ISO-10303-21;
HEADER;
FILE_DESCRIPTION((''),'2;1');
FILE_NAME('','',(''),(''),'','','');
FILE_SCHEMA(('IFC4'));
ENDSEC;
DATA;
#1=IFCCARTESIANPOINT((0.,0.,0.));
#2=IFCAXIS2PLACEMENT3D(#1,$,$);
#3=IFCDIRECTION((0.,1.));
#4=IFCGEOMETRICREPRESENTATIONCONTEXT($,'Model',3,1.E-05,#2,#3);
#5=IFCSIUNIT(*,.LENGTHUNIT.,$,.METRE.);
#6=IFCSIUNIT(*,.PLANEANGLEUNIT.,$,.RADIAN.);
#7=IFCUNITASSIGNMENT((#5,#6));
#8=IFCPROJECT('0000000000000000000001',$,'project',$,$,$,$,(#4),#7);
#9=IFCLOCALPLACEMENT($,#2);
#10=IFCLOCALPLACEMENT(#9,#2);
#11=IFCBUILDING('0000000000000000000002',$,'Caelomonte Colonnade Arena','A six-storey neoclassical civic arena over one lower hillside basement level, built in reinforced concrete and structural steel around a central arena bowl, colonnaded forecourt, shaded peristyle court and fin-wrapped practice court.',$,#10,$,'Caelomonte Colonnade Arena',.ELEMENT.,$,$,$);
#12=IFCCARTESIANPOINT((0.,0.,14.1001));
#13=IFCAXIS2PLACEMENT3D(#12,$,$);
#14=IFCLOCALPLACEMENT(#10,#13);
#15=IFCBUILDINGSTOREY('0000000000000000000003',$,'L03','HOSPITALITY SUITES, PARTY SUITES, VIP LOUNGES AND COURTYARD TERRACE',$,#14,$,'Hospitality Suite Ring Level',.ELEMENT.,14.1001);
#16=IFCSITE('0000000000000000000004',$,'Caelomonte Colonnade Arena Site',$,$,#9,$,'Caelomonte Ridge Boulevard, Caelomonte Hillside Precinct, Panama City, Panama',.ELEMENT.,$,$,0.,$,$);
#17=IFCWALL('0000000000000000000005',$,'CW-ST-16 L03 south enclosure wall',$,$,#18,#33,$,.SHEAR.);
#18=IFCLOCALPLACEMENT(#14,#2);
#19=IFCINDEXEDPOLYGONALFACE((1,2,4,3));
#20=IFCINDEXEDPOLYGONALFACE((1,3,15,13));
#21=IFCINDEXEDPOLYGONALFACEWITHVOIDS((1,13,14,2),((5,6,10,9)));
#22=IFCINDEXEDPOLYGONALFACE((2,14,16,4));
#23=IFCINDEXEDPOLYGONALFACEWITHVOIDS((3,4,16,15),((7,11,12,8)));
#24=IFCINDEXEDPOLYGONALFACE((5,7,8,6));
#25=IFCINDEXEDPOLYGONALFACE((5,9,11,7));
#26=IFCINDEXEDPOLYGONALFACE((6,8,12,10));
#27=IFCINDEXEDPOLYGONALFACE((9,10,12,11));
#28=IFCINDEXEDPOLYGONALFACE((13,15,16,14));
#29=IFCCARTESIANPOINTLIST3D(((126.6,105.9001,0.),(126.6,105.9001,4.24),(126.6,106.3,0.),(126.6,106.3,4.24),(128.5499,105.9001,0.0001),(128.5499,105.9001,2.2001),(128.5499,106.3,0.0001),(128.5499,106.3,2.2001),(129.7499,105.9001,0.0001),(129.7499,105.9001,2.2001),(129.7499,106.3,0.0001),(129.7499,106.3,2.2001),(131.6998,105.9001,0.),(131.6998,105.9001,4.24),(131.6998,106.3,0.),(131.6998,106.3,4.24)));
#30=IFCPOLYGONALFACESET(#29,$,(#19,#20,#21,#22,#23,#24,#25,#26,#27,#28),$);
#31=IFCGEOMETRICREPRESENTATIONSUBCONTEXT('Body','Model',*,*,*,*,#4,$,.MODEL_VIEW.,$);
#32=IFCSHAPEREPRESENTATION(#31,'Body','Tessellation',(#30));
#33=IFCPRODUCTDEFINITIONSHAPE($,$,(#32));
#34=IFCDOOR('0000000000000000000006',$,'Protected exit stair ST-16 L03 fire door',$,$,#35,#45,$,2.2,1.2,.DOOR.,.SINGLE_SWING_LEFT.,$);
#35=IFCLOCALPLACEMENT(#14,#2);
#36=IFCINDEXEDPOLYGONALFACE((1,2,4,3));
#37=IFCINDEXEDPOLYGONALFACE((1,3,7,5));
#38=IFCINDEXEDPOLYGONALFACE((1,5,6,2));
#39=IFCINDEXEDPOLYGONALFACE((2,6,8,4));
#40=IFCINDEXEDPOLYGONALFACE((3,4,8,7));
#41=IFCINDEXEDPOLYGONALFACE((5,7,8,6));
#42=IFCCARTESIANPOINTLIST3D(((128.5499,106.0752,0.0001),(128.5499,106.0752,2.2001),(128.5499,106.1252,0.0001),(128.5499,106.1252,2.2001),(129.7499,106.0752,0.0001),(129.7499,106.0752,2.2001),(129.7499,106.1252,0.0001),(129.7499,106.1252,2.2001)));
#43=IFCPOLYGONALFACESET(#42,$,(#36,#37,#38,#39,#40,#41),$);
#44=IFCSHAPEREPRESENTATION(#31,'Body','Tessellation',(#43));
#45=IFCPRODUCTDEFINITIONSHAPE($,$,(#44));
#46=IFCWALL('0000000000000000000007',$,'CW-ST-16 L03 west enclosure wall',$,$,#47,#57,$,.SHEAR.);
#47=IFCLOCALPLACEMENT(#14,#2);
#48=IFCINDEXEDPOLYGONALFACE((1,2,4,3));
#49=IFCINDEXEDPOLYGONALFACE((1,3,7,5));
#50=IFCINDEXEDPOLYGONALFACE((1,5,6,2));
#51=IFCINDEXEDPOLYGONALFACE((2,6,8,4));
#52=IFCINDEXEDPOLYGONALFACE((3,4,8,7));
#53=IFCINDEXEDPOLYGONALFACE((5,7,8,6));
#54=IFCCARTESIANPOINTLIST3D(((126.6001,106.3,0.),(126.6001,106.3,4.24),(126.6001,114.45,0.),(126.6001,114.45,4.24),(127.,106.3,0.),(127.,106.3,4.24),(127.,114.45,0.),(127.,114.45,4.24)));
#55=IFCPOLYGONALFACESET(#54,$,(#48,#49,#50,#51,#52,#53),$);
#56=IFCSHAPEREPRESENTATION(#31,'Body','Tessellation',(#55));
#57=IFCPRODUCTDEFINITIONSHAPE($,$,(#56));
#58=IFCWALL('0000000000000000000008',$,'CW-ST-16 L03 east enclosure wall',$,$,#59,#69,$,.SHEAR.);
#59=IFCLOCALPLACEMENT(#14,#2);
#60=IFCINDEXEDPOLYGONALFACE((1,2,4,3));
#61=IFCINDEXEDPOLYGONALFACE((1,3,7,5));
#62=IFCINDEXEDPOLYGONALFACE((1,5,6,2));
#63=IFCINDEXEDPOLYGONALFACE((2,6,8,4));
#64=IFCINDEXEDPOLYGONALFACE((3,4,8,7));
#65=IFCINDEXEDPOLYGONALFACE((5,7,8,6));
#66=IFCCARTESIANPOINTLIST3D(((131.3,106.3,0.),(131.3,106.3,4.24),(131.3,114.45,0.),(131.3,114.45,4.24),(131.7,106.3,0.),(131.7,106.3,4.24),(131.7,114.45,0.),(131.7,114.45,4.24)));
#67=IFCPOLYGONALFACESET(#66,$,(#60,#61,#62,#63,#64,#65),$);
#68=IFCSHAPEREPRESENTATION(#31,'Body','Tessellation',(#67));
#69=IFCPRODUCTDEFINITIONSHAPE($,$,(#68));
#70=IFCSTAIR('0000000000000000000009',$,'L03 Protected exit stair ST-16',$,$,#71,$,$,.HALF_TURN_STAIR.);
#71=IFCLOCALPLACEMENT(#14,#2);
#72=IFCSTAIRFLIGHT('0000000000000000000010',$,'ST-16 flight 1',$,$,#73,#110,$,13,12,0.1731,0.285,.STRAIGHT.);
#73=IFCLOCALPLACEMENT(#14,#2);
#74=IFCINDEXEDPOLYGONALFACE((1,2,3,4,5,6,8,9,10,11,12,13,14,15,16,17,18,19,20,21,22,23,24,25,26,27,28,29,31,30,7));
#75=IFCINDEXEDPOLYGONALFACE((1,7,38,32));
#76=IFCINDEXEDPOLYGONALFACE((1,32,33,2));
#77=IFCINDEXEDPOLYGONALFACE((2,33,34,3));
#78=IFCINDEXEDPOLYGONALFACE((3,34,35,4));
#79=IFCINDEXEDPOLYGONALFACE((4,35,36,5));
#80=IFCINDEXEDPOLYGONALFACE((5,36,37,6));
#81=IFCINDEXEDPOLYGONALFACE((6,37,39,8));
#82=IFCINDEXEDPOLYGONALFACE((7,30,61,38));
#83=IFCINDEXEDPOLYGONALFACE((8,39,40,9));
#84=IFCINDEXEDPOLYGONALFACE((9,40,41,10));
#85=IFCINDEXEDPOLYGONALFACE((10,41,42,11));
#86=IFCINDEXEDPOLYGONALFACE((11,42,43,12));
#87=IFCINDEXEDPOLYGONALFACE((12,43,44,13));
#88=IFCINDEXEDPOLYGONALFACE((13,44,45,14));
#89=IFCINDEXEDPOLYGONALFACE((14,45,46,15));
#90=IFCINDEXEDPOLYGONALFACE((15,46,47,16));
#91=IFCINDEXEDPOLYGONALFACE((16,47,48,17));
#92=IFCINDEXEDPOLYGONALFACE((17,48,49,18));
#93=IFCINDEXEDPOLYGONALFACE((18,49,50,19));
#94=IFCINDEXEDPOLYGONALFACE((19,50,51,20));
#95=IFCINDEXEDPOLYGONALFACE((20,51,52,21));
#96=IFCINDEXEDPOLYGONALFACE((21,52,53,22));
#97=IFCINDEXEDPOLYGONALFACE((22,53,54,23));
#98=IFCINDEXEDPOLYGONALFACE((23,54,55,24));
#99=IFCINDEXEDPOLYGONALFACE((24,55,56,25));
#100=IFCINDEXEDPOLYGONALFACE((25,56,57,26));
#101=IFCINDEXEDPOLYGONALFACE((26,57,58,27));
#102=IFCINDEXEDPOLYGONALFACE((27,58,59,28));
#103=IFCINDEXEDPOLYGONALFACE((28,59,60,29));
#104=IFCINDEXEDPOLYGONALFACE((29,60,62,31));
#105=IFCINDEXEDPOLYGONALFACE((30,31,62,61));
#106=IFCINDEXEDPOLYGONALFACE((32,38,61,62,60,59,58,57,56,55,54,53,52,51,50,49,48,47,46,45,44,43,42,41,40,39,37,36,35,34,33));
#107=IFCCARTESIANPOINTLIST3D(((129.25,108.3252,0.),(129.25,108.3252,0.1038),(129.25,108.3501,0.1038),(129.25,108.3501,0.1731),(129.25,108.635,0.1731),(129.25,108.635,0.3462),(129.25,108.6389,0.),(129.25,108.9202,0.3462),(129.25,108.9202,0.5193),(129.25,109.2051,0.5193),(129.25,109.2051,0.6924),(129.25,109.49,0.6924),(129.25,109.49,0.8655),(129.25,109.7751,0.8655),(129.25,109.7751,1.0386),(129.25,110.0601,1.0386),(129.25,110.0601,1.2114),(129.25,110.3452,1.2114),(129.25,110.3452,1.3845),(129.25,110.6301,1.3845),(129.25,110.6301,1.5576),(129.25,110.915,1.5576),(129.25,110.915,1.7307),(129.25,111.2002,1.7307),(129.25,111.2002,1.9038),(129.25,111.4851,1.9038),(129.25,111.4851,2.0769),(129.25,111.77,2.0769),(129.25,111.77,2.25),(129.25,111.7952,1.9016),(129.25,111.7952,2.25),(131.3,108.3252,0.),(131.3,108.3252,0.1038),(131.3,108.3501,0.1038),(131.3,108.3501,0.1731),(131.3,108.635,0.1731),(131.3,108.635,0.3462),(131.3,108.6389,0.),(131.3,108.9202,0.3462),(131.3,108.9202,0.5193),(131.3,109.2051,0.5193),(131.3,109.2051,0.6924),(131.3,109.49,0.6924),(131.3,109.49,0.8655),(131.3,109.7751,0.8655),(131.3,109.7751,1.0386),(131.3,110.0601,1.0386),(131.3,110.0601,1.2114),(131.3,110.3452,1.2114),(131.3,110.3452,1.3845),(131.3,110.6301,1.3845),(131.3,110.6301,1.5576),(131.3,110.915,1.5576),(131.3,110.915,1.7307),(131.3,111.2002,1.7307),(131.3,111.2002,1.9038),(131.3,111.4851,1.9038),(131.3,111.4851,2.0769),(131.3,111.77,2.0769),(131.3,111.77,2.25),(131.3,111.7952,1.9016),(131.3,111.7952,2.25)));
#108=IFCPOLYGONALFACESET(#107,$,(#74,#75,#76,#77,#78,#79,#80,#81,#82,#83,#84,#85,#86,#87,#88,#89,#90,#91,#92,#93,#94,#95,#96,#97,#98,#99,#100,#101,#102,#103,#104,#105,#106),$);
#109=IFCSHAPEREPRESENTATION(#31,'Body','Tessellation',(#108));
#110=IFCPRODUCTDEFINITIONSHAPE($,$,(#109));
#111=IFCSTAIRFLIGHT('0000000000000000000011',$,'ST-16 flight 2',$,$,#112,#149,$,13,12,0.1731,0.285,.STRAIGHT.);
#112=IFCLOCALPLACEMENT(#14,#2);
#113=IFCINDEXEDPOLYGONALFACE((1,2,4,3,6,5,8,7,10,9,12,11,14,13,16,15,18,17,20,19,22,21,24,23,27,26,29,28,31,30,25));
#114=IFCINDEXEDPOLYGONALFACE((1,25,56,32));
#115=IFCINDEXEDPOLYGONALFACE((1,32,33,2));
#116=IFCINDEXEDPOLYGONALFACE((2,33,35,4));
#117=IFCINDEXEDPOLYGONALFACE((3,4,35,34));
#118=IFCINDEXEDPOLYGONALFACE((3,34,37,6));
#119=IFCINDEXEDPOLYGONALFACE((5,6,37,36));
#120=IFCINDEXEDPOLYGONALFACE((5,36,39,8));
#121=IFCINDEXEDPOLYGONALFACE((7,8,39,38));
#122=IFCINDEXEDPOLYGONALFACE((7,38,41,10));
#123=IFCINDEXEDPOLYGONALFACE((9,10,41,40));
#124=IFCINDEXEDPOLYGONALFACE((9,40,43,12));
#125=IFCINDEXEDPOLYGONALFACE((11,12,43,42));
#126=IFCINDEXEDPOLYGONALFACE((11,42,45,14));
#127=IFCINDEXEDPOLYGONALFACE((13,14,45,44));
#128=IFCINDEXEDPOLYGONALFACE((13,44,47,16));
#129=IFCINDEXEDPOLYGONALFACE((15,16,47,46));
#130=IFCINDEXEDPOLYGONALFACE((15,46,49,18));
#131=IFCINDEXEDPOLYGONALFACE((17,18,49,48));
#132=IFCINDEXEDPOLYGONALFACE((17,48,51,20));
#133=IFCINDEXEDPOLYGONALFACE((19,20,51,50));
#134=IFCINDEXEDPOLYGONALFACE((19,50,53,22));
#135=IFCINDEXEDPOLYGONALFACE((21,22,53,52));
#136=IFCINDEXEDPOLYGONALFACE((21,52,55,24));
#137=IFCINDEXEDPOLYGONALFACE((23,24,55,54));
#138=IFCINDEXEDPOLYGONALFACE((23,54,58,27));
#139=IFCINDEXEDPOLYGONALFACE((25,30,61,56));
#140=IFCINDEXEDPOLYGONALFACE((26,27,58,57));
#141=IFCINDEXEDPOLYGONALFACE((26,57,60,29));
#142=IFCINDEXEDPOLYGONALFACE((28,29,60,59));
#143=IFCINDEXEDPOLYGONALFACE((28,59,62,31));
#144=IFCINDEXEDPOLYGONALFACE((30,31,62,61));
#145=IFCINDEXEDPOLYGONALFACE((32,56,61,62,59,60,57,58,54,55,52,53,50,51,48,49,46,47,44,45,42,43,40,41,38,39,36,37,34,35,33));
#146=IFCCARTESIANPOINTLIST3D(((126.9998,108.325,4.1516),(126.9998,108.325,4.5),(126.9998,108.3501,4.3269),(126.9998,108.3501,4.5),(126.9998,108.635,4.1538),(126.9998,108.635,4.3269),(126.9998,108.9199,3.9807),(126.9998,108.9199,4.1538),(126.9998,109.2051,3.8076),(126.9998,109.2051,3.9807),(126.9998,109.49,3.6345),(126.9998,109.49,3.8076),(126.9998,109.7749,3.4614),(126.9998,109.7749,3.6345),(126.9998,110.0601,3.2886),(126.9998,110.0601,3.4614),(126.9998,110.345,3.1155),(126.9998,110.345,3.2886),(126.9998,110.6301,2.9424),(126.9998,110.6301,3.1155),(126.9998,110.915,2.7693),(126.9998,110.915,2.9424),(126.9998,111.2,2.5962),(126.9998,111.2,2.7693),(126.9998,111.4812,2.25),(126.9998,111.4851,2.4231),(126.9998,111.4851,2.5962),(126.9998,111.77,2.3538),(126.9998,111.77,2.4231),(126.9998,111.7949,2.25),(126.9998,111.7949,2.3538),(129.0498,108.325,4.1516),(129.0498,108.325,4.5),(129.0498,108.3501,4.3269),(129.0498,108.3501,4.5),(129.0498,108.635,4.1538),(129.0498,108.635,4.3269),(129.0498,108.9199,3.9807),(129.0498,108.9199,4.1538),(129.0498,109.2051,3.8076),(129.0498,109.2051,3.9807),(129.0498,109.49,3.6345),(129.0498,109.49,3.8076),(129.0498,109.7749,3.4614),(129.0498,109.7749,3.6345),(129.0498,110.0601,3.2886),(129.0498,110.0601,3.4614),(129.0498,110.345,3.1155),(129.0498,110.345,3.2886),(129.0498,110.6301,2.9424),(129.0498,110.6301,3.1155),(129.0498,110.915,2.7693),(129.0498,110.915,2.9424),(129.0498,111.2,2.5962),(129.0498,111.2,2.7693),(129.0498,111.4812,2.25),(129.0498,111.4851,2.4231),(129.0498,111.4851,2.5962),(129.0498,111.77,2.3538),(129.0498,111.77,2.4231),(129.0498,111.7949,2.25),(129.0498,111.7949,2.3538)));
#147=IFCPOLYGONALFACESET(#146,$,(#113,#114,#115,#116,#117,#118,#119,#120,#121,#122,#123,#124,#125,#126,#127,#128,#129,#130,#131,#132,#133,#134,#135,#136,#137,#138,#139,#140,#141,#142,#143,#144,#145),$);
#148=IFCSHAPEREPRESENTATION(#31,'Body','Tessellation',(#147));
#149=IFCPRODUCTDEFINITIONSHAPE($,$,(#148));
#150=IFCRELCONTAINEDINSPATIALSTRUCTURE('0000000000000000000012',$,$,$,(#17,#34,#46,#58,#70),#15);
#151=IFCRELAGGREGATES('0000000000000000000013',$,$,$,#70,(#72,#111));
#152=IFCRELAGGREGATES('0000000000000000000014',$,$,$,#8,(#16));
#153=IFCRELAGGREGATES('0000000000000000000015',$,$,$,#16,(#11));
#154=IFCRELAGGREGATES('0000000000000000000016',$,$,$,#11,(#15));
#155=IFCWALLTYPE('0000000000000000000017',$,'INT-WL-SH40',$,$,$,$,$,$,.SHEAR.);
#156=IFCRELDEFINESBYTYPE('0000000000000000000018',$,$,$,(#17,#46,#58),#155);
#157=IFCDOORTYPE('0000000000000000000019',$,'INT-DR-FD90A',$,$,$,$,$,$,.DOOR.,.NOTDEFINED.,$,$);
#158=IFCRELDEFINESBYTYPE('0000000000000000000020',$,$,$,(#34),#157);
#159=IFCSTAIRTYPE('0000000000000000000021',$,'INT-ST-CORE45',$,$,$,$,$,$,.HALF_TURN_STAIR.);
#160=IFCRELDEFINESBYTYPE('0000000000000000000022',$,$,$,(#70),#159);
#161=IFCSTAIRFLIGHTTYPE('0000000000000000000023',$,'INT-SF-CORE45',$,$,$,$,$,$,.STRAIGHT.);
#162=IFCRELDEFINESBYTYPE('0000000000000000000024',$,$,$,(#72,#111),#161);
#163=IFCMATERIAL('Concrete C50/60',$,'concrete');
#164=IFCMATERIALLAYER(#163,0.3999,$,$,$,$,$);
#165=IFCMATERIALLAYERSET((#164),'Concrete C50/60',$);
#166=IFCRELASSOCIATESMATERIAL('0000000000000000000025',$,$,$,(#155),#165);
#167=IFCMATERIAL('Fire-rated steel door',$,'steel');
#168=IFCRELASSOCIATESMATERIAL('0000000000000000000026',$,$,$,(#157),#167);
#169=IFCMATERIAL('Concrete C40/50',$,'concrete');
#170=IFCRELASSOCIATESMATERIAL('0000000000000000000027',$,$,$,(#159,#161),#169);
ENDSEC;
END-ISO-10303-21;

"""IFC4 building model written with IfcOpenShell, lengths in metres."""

from ifc_helpers import new_model, si_unit, direction, frame, frame_2d, origin, place, context, subcontext, project, spatial, polyline, rectangle, outline, extrude, material, layer, layer_set, type_object, element, fill, aggregate, save


model = new_model("IFC4")

# Units and contexts
model_context = context("Model", 3, precision=1e-05, world=origin(), true_north=direction((0.0, 1.0)))
body_context = subcontext(model_context, "Body", "Model", "MODEL_VIEW")
ifc_project = project(units=[si_unit("LENGTHUNIT", "METRE"), si_unit("PLANEANGLEUNIT", "RADIAN")], contexts=[model_context])

# Site, building, storey
site_placement = place(None, origin())
site = spatial("IfcSite", under=ifc_project, at=site_placement, Name="Caelomonte Colonnade Arena Site", LongName="Caelomonte Ridge Boulevard, Caelomonte Hillside Precinct, Panama City, Panama", CompositionType="ELEMENT", RefElevation=0.0)
building_placement = place(site_placement, origin())
building = spatial("IfcBuilding", under=site, at=building_placement, Name="Caelomonte Colonnade Arena", Description="A six-storey neoclassical civic arena over one lower hillside basement level, built in reinforced concrete and structural steel around a central arena bowl, colonnaded forecourt, shaded peristyle court and fin-wrapped practice court.", LongName="Caelomonte Colonnade Arena", CompositionType="ELEMENT")
storey_placement = place(building_placement, frame((0.0, 0.0, 14.1001)))
storey = spatial("IfcBuildingStorey", under=building, at=storey_placement, Name="L03", Description="HOSPITALITY SUITES, PARTY SUITES, VIP LOUNGES AND COURTYARD TERRACE", LongName="Hospitality Suite Ring Level", CompositionType="ELEMENT", Elevation=14.1001)

# Shared definitions
ifc_material_1 = material(Name="Concrete C40/50", Category="concrete")

# Wall, opening, door
ifc_material_2 = material(Name="Concrete C50/60", Category="concrete")
ifc_layer_1 = layer(ifc_material_2, 0.3999)
ifc_layer_set_1 = layer_set([ifc_layer_1], Name="Concrete C50/60")
wall_type = type_object("IfcWallType", Name="INT-WL-SH40", PredefinedType="SHEAR", material=ifc_layer_set_1)
wall_placement = place(storey_placement, frame((126.6001, 106.1001, 0.0), z_axis=(0.0, 0.0, 1.0), x_axis=(1.0, 0.0, 0.0)))
wall = element("IfcWall", 1, at=wall_placement, inside=storey, type_object=wall_type, Name="CW-ST-16 L03 south enclosure wall", PredefinedType="SHEAR", context=body_context, shape_type="SweptSolid", body=[
    extrude(rectangle(XDim=5.0999, YDim=0.3999, at=frame_2d((2.5498, 0.0))), origin(), (0.0, 0.0, 1.0), 4.24),
])
opening_placement = place(wall_placement, frame((3.1499, 0.0, 0.0), z_axis=(0.0, 0.0, 1.0), x_axis=(-1.0, 0.0, 0.0)))
opening = element("IfcOpeningElement", 2, at=opening_placement, cuts=wall, PredefinedType="OPENING", context=body_context, shape_type="SweptSolid", body=[
    extrude(rectangle(XDim=1.2, YDim=2.2, at=frame_2d((0.6001, 1.1001))), frame((0.0, 0.21, 0.0), z_axis=(0.0, -1.0, 0.0), x_axis=(1.0, 0.0, 0.0)), (0.0, 0.0, 1.0), 0.4199),
])
ifc_material_3 = material(Name="Fire-rated steel door", Category="steel")
door_type = type_object("IfcDoorType", Name="INT-DR-FD90A", OperationType="NOTDEFINED", PredefinedType="DOOR", material=ifc_material_3)
door_placement = place(opening_placement, origin())
door = element("IfcDoor", 3, at=door_placement, inside=storey, type_object=door_type, Name="Protected exit stair ST-16 L03 fire door", OperationType="SINGLE_SWING_LEFT", OverallHeight=2.2, OverallWidth=1.2, PredefinedType="DOOR", context=body_context, shape_type="SweptSolid", body=[
    extrude(rectangle(XDim=1.2, YDim=2.2, at=frame_2d((0.6001, 1.1001))), frame((0.0, 0.0249, 0.0), z_axis=(0.0, -1.0, 0.0), x_axis=(1.0, 0.0, 0.0)), (0.0, 0.0, 1.0), 0.05),
])
fill(opening, door)

# Walls
for number, where, z_axis, x_axis, name in (
    (4, (126.8, 114.45, 0.0), (0.0, 0.0, 1.0), (0.0, -1.0, 0.0), "CW-ST-16 L03 west enclosure wall"),
    (5, (131.5, 106.3, 0.0), (0.0, 0.0, 1.0), (0.0, 1.0, 0.0), "CW-ST-16 L03 east enclosure wall"),
):
    element("IfcWall", number, at=place(storey_placement, frame(where, z_axis=z_axis, x_axis=x_axis)), inside=storey, type_object=wall_type, Name=name, PredefinedType="SHEAR", context=body_context, shape_type="SweptSolid", body=[
        extrude(rectangle(XDim=8.1499, YDim=0.3999, at=frame_2d((4.075, 0.0))), origin(), (0.0, 0.0, 1.0), 4.24),
    ])

# Stair, stair flights
stair_type = type_object("IfcStairType", Name="INT-ST-CORE45", PredefinedType="HALF_TURN_STAIR", material=ifc_material_1)
stair_placement = place(storey_placement, origin())
stair = element("IfcStair", 6, at=stair_placement, inside=storey, type_object=stair_type, Name="L03 Protected exit stair ST-16", PredefinedType="HALF_TURN_STAIR")
stair_flight_type = type_object("IfcStairFlightType", Name="INT-SF-CORE45", PredefinedType="STRAIGHT", material=ifc_material_1)
stair_flight_1_placement = place(storey_placement, frame((130.2749, 108.3501, 0.0), z_axis=(0.0, 0.0, 1.0), x_axis=(0.0, 1.0, 0.0)))
stair_flight_1 = element("IfcStairFlight", 7, at=stair_flight_1_placement, type_object=stair_flight_type, Name="ST-16 flight 1", NumberOfRisers=13, NumberOfTreads=12, PredefinedType="STRAIGHT", RiserHeight=0.1731, TreadLength=0.285, context=body_context, shape_type="SweptSolid", body=[
    extrude(outline(polyline([(-0.0249, 0.0), (-0.0249, 0.1038), (0.0, 0.1038), (0.0, 0.1731), (0.2849, 0.1731), (0.2849, 0.3462), (0.5701, 0.3462), (0.5701, 0.5193), (0.855, 0.5193), (0.855, 0.6924), (1.1399, 0.6924), (1.1399, 0.8655), (1.425, 0.8655), (1.425, 1.0386), (1.71, 1.0386), (1.71, 1.2114), (1.9951, 1.2114), (1.9951, 1.3845), (2.28, 1.3845), (2.28, 1.5576), (2.5649, 1.5576), (2.5649, 1.7307), (2.8501, 1.7307), (2.8501, 1.9038), (3.135, 1.9038), (3.135, 2.0769), (3.4199, 2.0769), (3.4199, 2.25), (3.4451, 2.25), (3.4451, 1.9016), (0.2888, 0.0), (-0.0249, 0.0)])), frame((0.0, 1.0249, 0.0), z_axis=(0.0, -1.0, 0.0), x_axis=(1.0, 0.0, 0.0)), (0.0, 0.0, 1.0), 2.05),
])
stair_flight_2_placement = place(storey_placement, frame((128.0249, 111.77, 2.25), z_axis=(0.0, 0.0, 1.0), x_axis=(0.0, -1.0, 0.0)))
stair_flight_2 = element("IfcStairFlight", 8, at=stair_flight_2_placement, type_object=stair_flight_type, Name="ST-16 flight 2", NumberOfRisers=13, NumberOfTreads=12, PredefinedType="STRAIGHT", RiserHeight=0.1731, TreadLength=0.285, context=body_context, shape_type="SweptSolid", body=[
    extrude(outline(polyline([(-0.0249, 0.0), (-0.0249, 0.1038), (0.0, 0.1038), (0.0, 0.1731), (0.2849, 0.1731), (0.2849, 0.3462), (0.5701, 0.3462), (0.5701, 0.5193), (0.855, 0.5193), (0.855, 0.6924), (1.1399, 0.6924), (1.1399, 0.8655), (1.425, 0.8655), (1.425, 1.0386), (1.71, 1.0386), (1.71, 1.2114), (1.9951, 1.2114), (1.9951, 1.3845), (2.28, 1.3845), (2.28, 1.5576), (2.5649, 1.5576), (2.5649, 1.7307), (2.8501, 1.7307), (2.8501, 1.9038), (3.135, 1.9038), (3.135, 2.0769), (3.4199, 2.0769), (3.4199, 2.25), (3.4451, 2.25), (3.4451, 1.9016), (0.2888, 0.0), (-0.0249, 0.0)])), frame((0.0, 1.0249, 0.0), z_axis=(0.0, -1.0, 0.0), x_axis=(1.0, 0.0, 0.0)), (0.0, 0.0, 1.0), 2.05),
])
aggregate(stair, [stair_flight_1, stair_flight_2])

save(model, "model.ifc")
